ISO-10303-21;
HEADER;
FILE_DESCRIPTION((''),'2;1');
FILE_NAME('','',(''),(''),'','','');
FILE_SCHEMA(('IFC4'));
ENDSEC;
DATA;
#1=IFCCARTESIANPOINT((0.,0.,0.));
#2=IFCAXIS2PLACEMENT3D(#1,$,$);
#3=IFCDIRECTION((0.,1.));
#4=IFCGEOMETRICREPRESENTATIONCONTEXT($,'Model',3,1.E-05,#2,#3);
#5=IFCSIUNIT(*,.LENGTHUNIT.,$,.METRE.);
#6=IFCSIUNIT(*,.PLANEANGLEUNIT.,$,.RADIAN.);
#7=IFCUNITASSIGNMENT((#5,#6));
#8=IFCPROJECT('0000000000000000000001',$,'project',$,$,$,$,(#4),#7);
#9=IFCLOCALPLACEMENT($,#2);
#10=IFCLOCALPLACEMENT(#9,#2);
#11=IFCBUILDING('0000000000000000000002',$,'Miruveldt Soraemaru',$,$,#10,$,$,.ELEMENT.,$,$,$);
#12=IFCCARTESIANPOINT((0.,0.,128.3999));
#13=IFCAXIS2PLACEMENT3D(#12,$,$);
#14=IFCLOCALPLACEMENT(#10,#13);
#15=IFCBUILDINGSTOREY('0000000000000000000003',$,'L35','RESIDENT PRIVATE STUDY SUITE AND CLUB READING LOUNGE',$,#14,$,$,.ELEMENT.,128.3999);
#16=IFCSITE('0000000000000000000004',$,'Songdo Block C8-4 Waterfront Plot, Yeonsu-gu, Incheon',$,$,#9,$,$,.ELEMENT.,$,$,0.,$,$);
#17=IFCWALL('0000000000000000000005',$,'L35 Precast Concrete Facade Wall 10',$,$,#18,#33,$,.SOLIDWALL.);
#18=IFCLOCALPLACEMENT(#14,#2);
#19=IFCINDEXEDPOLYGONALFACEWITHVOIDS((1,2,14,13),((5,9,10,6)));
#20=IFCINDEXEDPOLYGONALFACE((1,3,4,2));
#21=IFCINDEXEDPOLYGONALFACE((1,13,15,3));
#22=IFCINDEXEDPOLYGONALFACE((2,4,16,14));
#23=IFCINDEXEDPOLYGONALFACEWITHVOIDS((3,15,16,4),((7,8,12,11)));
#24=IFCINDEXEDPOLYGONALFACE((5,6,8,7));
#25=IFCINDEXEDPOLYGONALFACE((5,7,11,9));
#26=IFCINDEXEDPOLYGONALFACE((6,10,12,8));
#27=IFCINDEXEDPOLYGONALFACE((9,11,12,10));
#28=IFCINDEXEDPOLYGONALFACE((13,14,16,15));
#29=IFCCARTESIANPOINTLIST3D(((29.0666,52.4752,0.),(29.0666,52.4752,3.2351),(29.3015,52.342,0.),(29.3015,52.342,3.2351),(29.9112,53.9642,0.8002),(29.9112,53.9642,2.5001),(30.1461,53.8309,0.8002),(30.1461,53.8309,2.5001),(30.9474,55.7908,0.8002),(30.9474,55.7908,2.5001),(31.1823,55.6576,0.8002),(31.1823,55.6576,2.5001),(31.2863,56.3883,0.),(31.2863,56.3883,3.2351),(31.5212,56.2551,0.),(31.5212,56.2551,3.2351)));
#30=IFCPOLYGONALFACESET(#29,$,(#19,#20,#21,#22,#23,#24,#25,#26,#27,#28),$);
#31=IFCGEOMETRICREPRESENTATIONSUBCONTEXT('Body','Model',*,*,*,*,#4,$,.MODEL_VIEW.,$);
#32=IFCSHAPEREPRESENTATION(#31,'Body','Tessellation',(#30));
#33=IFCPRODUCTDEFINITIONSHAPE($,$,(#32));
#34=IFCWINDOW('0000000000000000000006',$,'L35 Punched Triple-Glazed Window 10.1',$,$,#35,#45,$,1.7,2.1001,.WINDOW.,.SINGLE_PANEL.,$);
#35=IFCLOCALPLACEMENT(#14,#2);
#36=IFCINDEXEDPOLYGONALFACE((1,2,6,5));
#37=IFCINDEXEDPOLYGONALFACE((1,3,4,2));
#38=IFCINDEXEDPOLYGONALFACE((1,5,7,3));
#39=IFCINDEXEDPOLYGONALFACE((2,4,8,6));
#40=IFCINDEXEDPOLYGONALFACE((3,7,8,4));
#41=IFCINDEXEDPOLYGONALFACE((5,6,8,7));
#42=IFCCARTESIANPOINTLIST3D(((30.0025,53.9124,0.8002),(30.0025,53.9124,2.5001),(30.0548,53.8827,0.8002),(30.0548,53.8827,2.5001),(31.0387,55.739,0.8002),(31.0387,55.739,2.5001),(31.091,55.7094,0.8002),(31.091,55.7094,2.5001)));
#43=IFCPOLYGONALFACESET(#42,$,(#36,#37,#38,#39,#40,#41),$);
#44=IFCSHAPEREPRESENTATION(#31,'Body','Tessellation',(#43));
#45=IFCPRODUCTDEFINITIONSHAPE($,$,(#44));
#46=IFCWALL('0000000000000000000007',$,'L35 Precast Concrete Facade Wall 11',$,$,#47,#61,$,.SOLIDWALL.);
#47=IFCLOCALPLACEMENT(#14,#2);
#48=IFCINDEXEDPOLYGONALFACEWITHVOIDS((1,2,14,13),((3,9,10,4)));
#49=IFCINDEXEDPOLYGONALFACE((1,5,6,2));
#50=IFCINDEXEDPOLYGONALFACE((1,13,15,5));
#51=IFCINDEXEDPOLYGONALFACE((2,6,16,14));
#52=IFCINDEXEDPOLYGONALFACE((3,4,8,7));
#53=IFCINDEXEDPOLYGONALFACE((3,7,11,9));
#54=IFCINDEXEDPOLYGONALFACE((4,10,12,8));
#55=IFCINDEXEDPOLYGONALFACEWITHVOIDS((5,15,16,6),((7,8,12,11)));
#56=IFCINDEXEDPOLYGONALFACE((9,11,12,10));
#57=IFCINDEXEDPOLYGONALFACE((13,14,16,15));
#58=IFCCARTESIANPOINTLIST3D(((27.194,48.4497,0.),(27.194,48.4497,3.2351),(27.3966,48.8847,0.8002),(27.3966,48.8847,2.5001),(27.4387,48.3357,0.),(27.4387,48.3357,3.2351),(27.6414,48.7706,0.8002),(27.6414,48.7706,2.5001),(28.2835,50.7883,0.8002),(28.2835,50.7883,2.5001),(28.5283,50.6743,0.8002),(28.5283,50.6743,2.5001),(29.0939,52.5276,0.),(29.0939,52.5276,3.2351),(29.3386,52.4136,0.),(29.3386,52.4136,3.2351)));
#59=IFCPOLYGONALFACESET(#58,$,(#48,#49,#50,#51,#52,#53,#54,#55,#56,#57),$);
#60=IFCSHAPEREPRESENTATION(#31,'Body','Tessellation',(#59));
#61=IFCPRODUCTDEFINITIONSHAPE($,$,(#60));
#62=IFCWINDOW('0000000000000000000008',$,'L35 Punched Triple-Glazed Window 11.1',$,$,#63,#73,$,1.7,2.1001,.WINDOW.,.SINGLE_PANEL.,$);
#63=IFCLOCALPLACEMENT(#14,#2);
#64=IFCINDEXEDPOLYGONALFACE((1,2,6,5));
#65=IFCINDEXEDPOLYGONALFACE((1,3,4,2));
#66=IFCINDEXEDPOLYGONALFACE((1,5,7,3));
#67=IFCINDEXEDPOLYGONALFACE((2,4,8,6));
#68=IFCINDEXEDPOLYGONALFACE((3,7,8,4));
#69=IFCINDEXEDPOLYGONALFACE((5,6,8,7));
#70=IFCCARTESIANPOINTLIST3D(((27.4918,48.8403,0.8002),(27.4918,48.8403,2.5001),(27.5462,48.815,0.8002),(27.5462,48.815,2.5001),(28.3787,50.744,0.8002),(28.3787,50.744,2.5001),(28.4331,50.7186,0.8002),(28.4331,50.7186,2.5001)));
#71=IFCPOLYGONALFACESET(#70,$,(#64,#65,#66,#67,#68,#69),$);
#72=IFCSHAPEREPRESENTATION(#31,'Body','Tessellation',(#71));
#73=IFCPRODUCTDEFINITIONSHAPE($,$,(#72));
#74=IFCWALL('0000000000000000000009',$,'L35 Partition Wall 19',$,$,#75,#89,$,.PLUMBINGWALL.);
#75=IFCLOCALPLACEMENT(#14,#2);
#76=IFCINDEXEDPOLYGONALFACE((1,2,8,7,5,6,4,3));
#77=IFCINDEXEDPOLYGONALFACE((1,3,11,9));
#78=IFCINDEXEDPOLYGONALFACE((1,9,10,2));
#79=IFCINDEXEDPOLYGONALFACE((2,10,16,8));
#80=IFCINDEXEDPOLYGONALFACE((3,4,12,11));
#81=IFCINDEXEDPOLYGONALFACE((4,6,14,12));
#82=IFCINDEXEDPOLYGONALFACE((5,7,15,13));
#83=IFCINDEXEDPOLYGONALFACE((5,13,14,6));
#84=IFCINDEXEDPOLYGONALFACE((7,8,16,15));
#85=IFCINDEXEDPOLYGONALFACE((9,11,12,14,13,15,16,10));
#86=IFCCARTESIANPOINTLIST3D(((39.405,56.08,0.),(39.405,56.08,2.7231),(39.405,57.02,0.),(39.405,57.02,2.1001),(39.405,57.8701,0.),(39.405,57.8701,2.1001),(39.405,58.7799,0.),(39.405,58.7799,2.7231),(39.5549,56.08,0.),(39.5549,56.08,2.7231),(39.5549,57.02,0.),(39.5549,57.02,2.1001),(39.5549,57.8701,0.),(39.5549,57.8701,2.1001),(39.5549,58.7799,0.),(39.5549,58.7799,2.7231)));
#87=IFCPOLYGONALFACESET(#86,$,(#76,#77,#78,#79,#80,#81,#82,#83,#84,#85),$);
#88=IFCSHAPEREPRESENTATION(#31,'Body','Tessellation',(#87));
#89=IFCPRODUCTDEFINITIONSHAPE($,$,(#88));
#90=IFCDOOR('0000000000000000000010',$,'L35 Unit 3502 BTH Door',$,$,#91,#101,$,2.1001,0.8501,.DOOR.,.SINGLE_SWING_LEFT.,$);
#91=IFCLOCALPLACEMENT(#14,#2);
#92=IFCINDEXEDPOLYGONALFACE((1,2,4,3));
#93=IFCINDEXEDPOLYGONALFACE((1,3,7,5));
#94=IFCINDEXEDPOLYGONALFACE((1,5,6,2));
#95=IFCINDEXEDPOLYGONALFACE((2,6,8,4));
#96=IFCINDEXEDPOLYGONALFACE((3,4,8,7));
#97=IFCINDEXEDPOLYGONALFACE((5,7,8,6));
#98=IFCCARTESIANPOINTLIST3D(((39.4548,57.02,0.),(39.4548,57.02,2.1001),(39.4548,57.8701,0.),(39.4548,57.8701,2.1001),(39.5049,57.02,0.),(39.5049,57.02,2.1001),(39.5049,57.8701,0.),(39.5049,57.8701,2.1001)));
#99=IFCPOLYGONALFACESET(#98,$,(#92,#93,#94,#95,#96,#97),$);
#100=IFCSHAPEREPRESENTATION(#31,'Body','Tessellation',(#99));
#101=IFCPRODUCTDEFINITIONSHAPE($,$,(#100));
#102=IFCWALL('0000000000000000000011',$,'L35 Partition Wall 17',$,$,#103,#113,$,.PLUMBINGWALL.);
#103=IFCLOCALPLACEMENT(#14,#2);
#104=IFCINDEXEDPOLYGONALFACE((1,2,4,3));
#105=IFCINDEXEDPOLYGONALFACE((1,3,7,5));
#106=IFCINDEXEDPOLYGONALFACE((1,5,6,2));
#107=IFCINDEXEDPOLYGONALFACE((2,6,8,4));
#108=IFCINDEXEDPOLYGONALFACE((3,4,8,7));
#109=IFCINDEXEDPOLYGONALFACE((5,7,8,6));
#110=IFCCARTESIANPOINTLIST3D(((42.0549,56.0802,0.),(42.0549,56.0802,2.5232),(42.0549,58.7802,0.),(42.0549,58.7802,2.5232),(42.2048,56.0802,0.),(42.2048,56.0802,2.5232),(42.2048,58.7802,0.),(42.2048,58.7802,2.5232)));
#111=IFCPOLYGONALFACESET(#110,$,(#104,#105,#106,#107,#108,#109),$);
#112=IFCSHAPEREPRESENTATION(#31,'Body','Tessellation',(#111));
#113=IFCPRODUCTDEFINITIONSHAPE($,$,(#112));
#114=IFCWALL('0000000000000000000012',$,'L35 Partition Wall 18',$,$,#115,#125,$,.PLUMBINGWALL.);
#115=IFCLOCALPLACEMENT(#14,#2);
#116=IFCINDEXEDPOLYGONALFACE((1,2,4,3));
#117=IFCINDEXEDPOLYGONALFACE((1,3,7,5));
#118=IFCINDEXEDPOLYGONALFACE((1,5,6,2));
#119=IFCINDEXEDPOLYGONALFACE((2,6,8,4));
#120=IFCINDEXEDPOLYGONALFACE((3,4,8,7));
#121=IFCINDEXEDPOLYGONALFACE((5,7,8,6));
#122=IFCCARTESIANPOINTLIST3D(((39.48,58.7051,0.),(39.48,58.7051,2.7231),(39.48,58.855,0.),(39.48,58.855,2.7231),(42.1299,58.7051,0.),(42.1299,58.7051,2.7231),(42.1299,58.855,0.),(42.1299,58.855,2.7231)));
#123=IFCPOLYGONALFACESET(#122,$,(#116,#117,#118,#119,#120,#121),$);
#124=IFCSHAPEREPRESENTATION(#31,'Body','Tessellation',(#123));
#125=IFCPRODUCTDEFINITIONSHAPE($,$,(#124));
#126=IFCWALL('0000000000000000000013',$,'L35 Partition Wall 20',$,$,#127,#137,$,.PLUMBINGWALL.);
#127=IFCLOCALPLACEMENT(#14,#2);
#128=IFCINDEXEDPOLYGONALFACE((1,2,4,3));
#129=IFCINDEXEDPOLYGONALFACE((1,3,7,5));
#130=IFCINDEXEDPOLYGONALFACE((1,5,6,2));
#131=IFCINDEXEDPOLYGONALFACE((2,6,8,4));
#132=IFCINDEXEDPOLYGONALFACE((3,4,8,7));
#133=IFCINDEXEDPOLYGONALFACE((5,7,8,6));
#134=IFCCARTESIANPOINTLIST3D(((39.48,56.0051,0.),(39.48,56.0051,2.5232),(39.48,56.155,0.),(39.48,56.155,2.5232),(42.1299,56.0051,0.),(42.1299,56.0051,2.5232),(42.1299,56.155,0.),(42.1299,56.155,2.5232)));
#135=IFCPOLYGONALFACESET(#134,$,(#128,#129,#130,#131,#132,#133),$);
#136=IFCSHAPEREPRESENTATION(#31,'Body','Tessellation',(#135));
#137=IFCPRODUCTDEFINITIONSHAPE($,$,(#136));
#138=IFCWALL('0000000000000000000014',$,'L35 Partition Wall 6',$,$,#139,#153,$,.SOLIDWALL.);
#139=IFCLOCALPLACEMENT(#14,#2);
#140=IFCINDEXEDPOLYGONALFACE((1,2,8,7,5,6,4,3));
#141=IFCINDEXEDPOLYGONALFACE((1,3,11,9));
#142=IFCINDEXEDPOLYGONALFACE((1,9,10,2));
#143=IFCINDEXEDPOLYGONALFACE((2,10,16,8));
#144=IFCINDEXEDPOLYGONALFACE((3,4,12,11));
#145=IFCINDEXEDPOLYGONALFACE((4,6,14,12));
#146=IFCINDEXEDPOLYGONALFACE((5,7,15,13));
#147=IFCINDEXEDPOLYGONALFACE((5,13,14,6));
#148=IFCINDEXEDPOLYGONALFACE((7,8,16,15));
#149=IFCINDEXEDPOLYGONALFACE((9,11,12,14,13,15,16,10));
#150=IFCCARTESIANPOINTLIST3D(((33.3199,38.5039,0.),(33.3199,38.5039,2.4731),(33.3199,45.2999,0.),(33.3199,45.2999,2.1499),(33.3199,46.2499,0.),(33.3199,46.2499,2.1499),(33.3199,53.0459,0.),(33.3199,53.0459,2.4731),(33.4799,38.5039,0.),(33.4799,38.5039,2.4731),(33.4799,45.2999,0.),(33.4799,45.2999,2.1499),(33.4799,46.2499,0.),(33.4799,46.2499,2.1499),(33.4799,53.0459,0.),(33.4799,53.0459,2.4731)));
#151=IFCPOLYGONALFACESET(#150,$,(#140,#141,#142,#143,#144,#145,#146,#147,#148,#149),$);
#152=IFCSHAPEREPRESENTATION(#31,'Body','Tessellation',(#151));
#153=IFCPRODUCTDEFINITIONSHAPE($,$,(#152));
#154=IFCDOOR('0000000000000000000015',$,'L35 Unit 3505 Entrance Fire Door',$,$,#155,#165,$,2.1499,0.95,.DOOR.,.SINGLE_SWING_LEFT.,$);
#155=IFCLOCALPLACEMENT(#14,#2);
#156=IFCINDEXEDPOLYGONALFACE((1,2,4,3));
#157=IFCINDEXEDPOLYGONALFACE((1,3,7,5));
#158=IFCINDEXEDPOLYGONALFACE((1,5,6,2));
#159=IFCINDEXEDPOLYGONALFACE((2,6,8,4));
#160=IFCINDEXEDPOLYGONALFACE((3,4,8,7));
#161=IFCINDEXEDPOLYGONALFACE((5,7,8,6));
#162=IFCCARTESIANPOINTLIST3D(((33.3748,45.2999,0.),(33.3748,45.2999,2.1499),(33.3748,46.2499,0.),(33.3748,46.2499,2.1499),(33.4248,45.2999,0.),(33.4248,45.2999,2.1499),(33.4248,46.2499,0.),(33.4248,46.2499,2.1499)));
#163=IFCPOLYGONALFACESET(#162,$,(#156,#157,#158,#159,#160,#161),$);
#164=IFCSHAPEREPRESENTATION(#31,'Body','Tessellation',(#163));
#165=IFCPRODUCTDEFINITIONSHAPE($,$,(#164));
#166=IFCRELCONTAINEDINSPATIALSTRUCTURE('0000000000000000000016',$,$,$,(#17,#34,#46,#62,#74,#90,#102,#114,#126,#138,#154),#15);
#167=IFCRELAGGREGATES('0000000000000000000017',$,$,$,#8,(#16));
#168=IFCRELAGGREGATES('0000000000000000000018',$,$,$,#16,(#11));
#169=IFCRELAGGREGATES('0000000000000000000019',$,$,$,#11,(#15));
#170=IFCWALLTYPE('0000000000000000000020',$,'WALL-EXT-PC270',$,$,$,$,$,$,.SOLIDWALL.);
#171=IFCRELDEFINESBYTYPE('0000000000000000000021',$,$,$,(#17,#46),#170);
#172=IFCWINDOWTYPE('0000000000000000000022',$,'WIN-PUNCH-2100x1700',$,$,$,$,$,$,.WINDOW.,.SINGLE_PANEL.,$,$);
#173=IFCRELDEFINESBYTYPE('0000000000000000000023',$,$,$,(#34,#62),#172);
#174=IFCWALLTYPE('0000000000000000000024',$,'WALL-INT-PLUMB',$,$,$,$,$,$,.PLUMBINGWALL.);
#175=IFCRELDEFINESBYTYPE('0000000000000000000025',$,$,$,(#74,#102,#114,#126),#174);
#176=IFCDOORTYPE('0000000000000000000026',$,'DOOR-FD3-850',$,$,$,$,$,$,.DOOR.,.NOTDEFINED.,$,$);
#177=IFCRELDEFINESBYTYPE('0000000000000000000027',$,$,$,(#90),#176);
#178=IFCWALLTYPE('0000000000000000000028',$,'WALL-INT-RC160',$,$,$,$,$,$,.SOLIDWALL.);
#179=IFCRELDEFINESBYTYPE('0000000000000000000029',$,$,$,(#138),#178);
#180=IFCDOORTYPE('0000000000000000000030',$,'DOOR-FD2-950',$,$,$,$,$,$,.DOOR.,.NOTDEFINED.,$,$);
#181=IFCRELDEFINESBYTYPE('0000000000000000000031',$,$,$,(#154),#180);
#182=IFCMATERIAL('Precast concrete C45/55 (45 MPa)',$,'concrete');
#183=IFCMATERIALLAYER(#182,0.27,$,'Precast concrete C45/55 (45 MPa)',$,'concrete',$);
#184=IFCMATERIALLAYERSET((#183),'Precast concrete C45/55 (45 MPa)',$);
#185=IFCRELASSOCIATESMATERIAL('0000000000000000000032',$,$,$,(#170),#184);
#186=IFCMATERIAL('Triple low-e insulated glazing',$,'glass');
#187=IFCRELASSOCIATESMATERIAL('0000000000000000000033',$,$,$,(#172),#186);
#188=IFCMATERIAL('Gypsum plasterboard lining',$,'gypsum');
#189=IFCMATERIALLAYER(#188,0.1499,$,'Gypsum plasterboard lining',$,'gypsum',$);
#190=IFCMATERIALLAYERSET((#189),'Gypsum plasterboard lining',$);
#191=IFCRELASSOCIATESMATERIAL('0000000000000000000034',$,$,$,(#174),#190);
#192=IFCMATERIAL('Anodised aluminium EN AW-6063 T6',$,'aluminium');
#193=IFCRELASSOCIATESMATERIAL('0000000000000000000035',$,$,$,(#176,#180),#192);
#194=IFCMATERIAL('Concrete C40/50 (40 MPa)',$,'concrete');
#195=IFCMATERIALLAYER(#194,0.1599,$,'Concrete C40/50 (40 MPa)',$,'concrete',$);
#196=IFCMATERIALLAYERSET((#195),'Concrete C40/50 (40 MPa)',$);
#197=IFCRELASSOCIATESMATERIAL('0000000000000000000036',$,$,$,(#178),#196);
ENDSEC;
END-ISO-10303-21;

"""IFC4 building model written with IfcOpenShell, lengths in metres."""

from ifc_helpers import new_model, si_unit, direction, frame, frame_2d, origin, place, context, subcontext, project, spatial, rectangle, extrude, material, layer, layer_set, type_object, element, fill, save


model = new_model("IFC4")

# Units and contexts
model_context = context("Model", 3, precision=1e-05, world=origin(), true_north=direction((0.0, 1.0)))
body_context = subcontext(model_context, "Body", "Model", "MODEL_VIEW")
ifc_project = project(units=[si_unit("LENGTHUNIT", "METRE"), si_unit("PLANEANGLEUNIT", "RADIAN")], contexts=[model_context])

# Site, building, storey
site_placement = place(None, origin())
site = spatial("IfcSite", under=ifc_project, at=site_placement, Name="Songdo Block C8-4 Waterfront Plot, Yeonsu-gu, Incheon", CompositionType="ELEMENT", RefElevation=0.0)
building_placement = place(site_placement, origin())
building = spatial("IfcBuilding", under=site, at=building_placement, Name="Miruveldt Soraemaru", CompositionType="ELEMENT")
storey_placement = place(building_placement, frame((0.0, 0.0, 128.3999)))
storey = spatial("IfcBuildingStorey", under=building, at=storey_placement, Name="L35", Description="RESIDENT PRIVATE STUDY SUITE AND CLUB READING LOUNGE", CompositionType="ELEMENT", Elevation=128.3999)

# Shared definitions
ifc_material_1 = material(Name="Concrete C40/50 (40 MPa)", Category="concrete")

# Walls, openings, windows
ifc_material_2 = material(Name="Precast concrete C45/55 (45 MPa)", Category="concrete")
ifc_layer_1 = layer(ifc_material_2, 0.27, Name="Precast concrete C45/55 (45 MPa)", Category="concrete")
ifc_layer_set_1 = layer_set([ifc_layer_1], Name="Precast concrete C45/55 (45 MPa)")
wall_type_1 = type_object("IfcWallType", Name="WALL-EXT-PC270", PredefinedType="SOLIDWALL", material=ifc_layer_set_1)
wall_1_placement = place(storey_placement, frame((31.4038, 56.3218, 0.0), z_axis=(0.0, 0.0, 1.0), x_axis=(-0.493401, -0.869802, 0.0)))
wall_1 = element("IfcWall", 1, at=wall_1_placement, inside=storey, type_object=wall_type_1, Name="L35 Precast Concrete Facade Wall 10", PredefinedType="SOLIDWALL", context=body_context, shape_type="SweptSolid", body=[
    extrude(rectangle(XDim=4.4988, YDim=0.27, at=frame_2d((2.2495, 0.0))), origin(), (0.0, 0.0, 1.0), 3.2351),
])
opening_1_placement = place(wall_1_placement, frame((0.687, 0.0, 0.8)))
opening_1 = element("IfcOpeningElement", 2, at=opening_1_placement, cuts=wall_1, PredefinedType="OPENING", context=body_context, shape_type="SweptSolid", body=[
    extrude(rectangle(XDim=2.1001, YDim=1.7, at=frame_2d((1.05, 0.8501))), frame((0.0, 0.145, 0.0), z_axis=(0.0, -1.0, 0.0), x_axis=(1.0, 0.0, 0.0)), (0.0, 0.0, 1.0), 0.29),
])
ifc_material_3 = material(Name="Triple low-e insulated glazing", Category="glass")
window_type = type_object("IfcWindowType", Name="WIN-PUNCH-2100x1700", PartitioningType="SINGLE_PANEL", PredefinedType="WINDOW", material=ifc_material_3)
window_1_placement = place(opening_1_placement, origin())
window_1 = element("IfcWindow", 3, at=window_1_placement, inside=storey, type_object=window_type, Name="L35 Punched Triple-Glazed Window 10.1", OverallHeight=1.7, OverallWidth=2.1001, PartitioningType="SINGLE_PANEL", PredefinedType="WINDOW", context=body_context, shape_type="SweptSolid", body=[
    extrude(rectangle(XDim=2.1001, YDim=1.7, at=frame_2d((1.05, 0.8501))), frame((0.0, 0.03, 0.0), z_axis=(0.0, -1.0, 0.0), x_axis=(1.0, 0.0, 0.0)), (0.0, 0.0, 1.0), 0.0601),
])
fill(opening_1, window_1)
wall_2_placement = place(storey_placement, frame((29.2163, 52.4707, 0.0), z_axis=(0.0, 0.0, 1.0), x_axis=(-0.422318, -0.906448, 0.0)))
wall_2 = element("IfcWall", 4, at=wall_2_placement, inside=storey, type_object=wall_type_1, Name="L35 Precast Concrete Facade Wall 11", PredefinedType="SOLIDWALL", context=body_context, shape_type="SweptSolid", body=[
    extrude(rectangle(XDim=4.4988, YDim=0.27, at=frame_2d((2.2495, 0.0))), origin(), (0.0, 0.0, 1.0), 3.2351),
])
opening_2_placement = place(wall_2_placement, frame((1.9189, 0.0, 0.8)))
opening_2 = element("IfcOpeningElement", 5, at=opening_2_placement, cuts=wall_2, PredefinedType="OPENING", context=body_context, shape_type="SweptSolid", body=[
    extrude(rectangle(XDim=2.1001, YDim=1.7, at=frame_2d((1.05, 0.8501))), frame((0.0, 0.145, 0.0), z_axis=(0.0, -1.0, 0.0), x_axis=(1.0, 0.0, 0.0)), (0.0, 0.0, 1.0), 0.29),
])
window_2_placement = place(opening_2_placement, origin())
window_2 = element("IfcWindow", 6, at=window_2_placement, inside=storey, type_object=window_type, Name="L35 Punched Triple-Glazed Window 11.1", OverallHeight=1.7, OverallWidth=2.1001, PartitioningType="SINGLE_PANEL", PredefinedType="WINDOW", context=body_context, shape_type="SweptSolid", body=[
    extrude(rectangle(XDim=2.1001, YDim=1.7, at=frame_2d((1.05, 0.8501))), frame((0.0, 0.03, 0.0), z_axis=(0.0, -1.0, 0.0), x_axis=(1.0, 0.0, 0.0)), (0.0, 0.0, 1.0), 0.0601),
])
fill(opening_2, window_2)

# Wall, opening, door
ifc_material_4 = material(Name="Gypsum plasterboard lining", Category="gypsum")
ifc_layer_2 = layer(ifc_material_4, 0.1499, Name="Gypsum plasterboard lining", Category="gypsum")
ifc_layer_set_2 = layer_set([ifc_layer_2], Name="Gypsum plasterboard lining")
wall_type_2 = type_object("IfcWallType", Name="WALL-INT-PLUMB", PredefinedType="PLUMBINGWALL", material=ifc_layer_set_2)
wall_3_placement = place(storey_placement, frame((39.48, 58.78, 0.0), z_axis=(0.0, 0.0, 1.0), x_axis=(0.0, -1.0, 0.0)))
wall_3 = element("IfcWall", 7, at=wall_3_placement, inside=storey, type_object=wall_type_2, Name="L35 Partition Wall 19", PredefinedType="PLUMBINGWALL", context=body_context, shape_type="SweptSolid", body=[
    extrude(rectangle(XDim=2.7, YDim=0.1499, at=frame_2d((1.3501, 0.0))), origin(), (0.0, 0.0, 1.0), 2.7231),
])
opening_3_placement = place(wall_3_placement, frame((0.9099, 0.0, 0.0)))
opening_3 = element("IfcOpeningElement", 8, at=opening_3_placement, cuts=wall_3, PredefinedType="OPENING", context=body_context, shape_type="SweptSolid", body=[
    extrude(rectangle(XDim=0.8501, YDim=2.1001, at=frame_2d((0.425, 1.05))), frame((0.0, 0.085, 0.0), z_axis=(0.0, -1.0, 0.0), x_axis=(1.0, 0.0, 0.0)), (0.0, 0.0, 1.0), 0.1699),
])
ifc_material_5 = material(Name="Anodised aluminium EN AW-6063 T6", Category="aluminium")
door_type_1 = type_object("IfcDoorType", Name="DOOR-FD3-850", OperationType="NOTDEFINED", PredefinedType="DOOR", material=ifc_material_5)
door_1_placement = place(opening_3_placement, origin())
door_1 = element("IfcDoor", 9, at=door_1_placement, inside=storey, type_object=door_type_1, Name="L35 Unit 3502 BTH Door", OperationType="SINGLE_SWING_LEFT", OverallHeight=2.1001, OverallWidth=0.8501, PredefinedType="DOOR", context=body_context, shape_type="SweptSolid", body=[
    extrude(rectangle(XDim=0.8501, YDim=2.1001, at=frame_2d((0.425, 1.05))), frame((0.0, 0.0249, 0.0), z_axis=(0.0, -1.0, 0.0), x_axis=(1.0, 0.0, 0.0)), (0.0, 0.0, 1.0), 0.05),
])
fill(opening_3, door_1)

# Walls
wall_4_placement = place(storey_placement, frame((42.1299, 56.0801, 0.0), z_axis=(0.0, 0.0, 1.0), x_axis=(0.0, 1.0, 0.0)))
element("IfcWall", 10, at=wall_4_placement, inside=storey, type_object=wall_type_2, Name="L35 Partition Wall 17", PredefinedType="PLUMBINGWALL", context=body_context, shape_type="SweptSolid", body=[
    extrude(rectangle(XDim=2.7, YDim=0.1499, at=frame_2d((1.3501, 0.0))), origin(), (0.0, 0.0, 1.0), 2.5232),
])
wall_5_placement = place(storey_placement, frame((42.1299, 58.78, 0.0), z_axis=(0.0, 0.0, 1.0), x_axis=(-1.0, 0.0, 0.0)))
element("IfcWall", 11, at=wall_5_placement, inside=storey, type_object=wall_type_2, Name="L35 Partition Wall 18", PredefinedType="PLUMBINGWALL", context=body_context, shape_type="SweptSolid", body=[
    extrude(rectangle(XDim=2.6499, YDim=0.1499, at=frame_2d((1.325, 0.0))), origin(), (0.0, 0.0, 1.0), 2.7231),
])
wall_6_placement = place(storey_placement, frame((39.48, 56.0801, 0.0), z_axis=(0.0, 0.0, 1.0), x_axis=(1.0, 0.0, 0.0)))
element("IfcWall", 12, at=wall_6_placement, inside=storey, type_object=wall_type_2, Name="L35 Partition Wall 20", PredefinedType="PLUMBINGWALL", context=body_context, shape_type="SweptSolid", body=[
    extrude(rectangle(XDim=2.6499, YDim=0.1499, at=frame_2d((1.325, 0.0))), origin(), (0.0, 0.0, 1.0), 2.5232),
])

# Wall, opening, door
ifc_layer_3 = layer(ifc_material_1, 0.1599, Name="Concrete C40/50 (40 MPa)", Category="concrete")
ifc_layer_set_3 = layer_set([ifc_layer_3], Name="Concrete C40/50 (40 MPa)")
wall_type_3 = type_object("IfcWallType", Name="WALL-INT-RC160", PredefinedType="SOLIDWALL", material=ifc_layer_set_3)
wall_7_placement = place(storey_placement, frame((33.3999, 53.0459, 0.0), z_axis=(0.0, 0.0, 1.0), x_axis=(0.0, -1.0, 0.0)))
wall_7 = element("IfcWall", 13, at=wall_7_placement, inside=storey, type_object=wall_type_3, Name="L35 Partition Wall 6", PredefinedType="SOLIDWALL", context=body_context, shape_type="SweptSolid", body=[
    extrude(rectangle(XDim=14.542, YDim=0.1599, at=frame_2d((7.271, 0.0))), origin(), (0.0, 0.0, 1.0), 2.4731),
])
opening_4_placement = place(wall_7_placement, frame((6.7959, 0.0, 0.0)))
opening_4 = element("IfcOpeningElement", 14, at=opening_4_placement, cuts=wall_7, PredefinedType="OPENING", context=body_context, shape_type="SweptSolid", body=[
    extrude(rectangle(XDim=0.95, YDim=2.1499, at=frame_2d((0.4751, 1.075))), frame((0.0, 0.0898, 0.0), z_axis=(0.0, -1.0, 0.0), x_axis=(1.0, 0.0, 0.0)), (0.0, 0.0, 1.0), 0.1799),
])
door_type_2 = type_object("IfcDoorType", Name="DOOR-FD2-950", OperationType="NOTDEFINED", PredefinedType="DOOR", material=ifc_material_5)
door_2_placement = place(opening_4_placement, origin())
door_2 = element("IfcDoor", 15, at=door_2_placement, inside=storey, type_object=door_type_2, Name="L35 Unit 3505 Entrance Fire Door", OperationType="SINGLE_SWING_LEFT", OverallHeight=2.1499, OverallWidth=0.95, PredefinedType="DOOR", context=body_context, shape_type="SweptSolid", body=[
    extrude(rectangle(XDim=0.95, YDim=2.1499, at=frame_2d((0.4751, 1.075))), frame((0.0, 0.0249, 0.0), z_axis=(0.0, -1.0, 0.0), x_axis=(1.0, 0.0, 0.0)), (0.0, 0.0, 1.0), 0.05),
])
fill(opening_4, door_2)

save(model, "model.ifc")
